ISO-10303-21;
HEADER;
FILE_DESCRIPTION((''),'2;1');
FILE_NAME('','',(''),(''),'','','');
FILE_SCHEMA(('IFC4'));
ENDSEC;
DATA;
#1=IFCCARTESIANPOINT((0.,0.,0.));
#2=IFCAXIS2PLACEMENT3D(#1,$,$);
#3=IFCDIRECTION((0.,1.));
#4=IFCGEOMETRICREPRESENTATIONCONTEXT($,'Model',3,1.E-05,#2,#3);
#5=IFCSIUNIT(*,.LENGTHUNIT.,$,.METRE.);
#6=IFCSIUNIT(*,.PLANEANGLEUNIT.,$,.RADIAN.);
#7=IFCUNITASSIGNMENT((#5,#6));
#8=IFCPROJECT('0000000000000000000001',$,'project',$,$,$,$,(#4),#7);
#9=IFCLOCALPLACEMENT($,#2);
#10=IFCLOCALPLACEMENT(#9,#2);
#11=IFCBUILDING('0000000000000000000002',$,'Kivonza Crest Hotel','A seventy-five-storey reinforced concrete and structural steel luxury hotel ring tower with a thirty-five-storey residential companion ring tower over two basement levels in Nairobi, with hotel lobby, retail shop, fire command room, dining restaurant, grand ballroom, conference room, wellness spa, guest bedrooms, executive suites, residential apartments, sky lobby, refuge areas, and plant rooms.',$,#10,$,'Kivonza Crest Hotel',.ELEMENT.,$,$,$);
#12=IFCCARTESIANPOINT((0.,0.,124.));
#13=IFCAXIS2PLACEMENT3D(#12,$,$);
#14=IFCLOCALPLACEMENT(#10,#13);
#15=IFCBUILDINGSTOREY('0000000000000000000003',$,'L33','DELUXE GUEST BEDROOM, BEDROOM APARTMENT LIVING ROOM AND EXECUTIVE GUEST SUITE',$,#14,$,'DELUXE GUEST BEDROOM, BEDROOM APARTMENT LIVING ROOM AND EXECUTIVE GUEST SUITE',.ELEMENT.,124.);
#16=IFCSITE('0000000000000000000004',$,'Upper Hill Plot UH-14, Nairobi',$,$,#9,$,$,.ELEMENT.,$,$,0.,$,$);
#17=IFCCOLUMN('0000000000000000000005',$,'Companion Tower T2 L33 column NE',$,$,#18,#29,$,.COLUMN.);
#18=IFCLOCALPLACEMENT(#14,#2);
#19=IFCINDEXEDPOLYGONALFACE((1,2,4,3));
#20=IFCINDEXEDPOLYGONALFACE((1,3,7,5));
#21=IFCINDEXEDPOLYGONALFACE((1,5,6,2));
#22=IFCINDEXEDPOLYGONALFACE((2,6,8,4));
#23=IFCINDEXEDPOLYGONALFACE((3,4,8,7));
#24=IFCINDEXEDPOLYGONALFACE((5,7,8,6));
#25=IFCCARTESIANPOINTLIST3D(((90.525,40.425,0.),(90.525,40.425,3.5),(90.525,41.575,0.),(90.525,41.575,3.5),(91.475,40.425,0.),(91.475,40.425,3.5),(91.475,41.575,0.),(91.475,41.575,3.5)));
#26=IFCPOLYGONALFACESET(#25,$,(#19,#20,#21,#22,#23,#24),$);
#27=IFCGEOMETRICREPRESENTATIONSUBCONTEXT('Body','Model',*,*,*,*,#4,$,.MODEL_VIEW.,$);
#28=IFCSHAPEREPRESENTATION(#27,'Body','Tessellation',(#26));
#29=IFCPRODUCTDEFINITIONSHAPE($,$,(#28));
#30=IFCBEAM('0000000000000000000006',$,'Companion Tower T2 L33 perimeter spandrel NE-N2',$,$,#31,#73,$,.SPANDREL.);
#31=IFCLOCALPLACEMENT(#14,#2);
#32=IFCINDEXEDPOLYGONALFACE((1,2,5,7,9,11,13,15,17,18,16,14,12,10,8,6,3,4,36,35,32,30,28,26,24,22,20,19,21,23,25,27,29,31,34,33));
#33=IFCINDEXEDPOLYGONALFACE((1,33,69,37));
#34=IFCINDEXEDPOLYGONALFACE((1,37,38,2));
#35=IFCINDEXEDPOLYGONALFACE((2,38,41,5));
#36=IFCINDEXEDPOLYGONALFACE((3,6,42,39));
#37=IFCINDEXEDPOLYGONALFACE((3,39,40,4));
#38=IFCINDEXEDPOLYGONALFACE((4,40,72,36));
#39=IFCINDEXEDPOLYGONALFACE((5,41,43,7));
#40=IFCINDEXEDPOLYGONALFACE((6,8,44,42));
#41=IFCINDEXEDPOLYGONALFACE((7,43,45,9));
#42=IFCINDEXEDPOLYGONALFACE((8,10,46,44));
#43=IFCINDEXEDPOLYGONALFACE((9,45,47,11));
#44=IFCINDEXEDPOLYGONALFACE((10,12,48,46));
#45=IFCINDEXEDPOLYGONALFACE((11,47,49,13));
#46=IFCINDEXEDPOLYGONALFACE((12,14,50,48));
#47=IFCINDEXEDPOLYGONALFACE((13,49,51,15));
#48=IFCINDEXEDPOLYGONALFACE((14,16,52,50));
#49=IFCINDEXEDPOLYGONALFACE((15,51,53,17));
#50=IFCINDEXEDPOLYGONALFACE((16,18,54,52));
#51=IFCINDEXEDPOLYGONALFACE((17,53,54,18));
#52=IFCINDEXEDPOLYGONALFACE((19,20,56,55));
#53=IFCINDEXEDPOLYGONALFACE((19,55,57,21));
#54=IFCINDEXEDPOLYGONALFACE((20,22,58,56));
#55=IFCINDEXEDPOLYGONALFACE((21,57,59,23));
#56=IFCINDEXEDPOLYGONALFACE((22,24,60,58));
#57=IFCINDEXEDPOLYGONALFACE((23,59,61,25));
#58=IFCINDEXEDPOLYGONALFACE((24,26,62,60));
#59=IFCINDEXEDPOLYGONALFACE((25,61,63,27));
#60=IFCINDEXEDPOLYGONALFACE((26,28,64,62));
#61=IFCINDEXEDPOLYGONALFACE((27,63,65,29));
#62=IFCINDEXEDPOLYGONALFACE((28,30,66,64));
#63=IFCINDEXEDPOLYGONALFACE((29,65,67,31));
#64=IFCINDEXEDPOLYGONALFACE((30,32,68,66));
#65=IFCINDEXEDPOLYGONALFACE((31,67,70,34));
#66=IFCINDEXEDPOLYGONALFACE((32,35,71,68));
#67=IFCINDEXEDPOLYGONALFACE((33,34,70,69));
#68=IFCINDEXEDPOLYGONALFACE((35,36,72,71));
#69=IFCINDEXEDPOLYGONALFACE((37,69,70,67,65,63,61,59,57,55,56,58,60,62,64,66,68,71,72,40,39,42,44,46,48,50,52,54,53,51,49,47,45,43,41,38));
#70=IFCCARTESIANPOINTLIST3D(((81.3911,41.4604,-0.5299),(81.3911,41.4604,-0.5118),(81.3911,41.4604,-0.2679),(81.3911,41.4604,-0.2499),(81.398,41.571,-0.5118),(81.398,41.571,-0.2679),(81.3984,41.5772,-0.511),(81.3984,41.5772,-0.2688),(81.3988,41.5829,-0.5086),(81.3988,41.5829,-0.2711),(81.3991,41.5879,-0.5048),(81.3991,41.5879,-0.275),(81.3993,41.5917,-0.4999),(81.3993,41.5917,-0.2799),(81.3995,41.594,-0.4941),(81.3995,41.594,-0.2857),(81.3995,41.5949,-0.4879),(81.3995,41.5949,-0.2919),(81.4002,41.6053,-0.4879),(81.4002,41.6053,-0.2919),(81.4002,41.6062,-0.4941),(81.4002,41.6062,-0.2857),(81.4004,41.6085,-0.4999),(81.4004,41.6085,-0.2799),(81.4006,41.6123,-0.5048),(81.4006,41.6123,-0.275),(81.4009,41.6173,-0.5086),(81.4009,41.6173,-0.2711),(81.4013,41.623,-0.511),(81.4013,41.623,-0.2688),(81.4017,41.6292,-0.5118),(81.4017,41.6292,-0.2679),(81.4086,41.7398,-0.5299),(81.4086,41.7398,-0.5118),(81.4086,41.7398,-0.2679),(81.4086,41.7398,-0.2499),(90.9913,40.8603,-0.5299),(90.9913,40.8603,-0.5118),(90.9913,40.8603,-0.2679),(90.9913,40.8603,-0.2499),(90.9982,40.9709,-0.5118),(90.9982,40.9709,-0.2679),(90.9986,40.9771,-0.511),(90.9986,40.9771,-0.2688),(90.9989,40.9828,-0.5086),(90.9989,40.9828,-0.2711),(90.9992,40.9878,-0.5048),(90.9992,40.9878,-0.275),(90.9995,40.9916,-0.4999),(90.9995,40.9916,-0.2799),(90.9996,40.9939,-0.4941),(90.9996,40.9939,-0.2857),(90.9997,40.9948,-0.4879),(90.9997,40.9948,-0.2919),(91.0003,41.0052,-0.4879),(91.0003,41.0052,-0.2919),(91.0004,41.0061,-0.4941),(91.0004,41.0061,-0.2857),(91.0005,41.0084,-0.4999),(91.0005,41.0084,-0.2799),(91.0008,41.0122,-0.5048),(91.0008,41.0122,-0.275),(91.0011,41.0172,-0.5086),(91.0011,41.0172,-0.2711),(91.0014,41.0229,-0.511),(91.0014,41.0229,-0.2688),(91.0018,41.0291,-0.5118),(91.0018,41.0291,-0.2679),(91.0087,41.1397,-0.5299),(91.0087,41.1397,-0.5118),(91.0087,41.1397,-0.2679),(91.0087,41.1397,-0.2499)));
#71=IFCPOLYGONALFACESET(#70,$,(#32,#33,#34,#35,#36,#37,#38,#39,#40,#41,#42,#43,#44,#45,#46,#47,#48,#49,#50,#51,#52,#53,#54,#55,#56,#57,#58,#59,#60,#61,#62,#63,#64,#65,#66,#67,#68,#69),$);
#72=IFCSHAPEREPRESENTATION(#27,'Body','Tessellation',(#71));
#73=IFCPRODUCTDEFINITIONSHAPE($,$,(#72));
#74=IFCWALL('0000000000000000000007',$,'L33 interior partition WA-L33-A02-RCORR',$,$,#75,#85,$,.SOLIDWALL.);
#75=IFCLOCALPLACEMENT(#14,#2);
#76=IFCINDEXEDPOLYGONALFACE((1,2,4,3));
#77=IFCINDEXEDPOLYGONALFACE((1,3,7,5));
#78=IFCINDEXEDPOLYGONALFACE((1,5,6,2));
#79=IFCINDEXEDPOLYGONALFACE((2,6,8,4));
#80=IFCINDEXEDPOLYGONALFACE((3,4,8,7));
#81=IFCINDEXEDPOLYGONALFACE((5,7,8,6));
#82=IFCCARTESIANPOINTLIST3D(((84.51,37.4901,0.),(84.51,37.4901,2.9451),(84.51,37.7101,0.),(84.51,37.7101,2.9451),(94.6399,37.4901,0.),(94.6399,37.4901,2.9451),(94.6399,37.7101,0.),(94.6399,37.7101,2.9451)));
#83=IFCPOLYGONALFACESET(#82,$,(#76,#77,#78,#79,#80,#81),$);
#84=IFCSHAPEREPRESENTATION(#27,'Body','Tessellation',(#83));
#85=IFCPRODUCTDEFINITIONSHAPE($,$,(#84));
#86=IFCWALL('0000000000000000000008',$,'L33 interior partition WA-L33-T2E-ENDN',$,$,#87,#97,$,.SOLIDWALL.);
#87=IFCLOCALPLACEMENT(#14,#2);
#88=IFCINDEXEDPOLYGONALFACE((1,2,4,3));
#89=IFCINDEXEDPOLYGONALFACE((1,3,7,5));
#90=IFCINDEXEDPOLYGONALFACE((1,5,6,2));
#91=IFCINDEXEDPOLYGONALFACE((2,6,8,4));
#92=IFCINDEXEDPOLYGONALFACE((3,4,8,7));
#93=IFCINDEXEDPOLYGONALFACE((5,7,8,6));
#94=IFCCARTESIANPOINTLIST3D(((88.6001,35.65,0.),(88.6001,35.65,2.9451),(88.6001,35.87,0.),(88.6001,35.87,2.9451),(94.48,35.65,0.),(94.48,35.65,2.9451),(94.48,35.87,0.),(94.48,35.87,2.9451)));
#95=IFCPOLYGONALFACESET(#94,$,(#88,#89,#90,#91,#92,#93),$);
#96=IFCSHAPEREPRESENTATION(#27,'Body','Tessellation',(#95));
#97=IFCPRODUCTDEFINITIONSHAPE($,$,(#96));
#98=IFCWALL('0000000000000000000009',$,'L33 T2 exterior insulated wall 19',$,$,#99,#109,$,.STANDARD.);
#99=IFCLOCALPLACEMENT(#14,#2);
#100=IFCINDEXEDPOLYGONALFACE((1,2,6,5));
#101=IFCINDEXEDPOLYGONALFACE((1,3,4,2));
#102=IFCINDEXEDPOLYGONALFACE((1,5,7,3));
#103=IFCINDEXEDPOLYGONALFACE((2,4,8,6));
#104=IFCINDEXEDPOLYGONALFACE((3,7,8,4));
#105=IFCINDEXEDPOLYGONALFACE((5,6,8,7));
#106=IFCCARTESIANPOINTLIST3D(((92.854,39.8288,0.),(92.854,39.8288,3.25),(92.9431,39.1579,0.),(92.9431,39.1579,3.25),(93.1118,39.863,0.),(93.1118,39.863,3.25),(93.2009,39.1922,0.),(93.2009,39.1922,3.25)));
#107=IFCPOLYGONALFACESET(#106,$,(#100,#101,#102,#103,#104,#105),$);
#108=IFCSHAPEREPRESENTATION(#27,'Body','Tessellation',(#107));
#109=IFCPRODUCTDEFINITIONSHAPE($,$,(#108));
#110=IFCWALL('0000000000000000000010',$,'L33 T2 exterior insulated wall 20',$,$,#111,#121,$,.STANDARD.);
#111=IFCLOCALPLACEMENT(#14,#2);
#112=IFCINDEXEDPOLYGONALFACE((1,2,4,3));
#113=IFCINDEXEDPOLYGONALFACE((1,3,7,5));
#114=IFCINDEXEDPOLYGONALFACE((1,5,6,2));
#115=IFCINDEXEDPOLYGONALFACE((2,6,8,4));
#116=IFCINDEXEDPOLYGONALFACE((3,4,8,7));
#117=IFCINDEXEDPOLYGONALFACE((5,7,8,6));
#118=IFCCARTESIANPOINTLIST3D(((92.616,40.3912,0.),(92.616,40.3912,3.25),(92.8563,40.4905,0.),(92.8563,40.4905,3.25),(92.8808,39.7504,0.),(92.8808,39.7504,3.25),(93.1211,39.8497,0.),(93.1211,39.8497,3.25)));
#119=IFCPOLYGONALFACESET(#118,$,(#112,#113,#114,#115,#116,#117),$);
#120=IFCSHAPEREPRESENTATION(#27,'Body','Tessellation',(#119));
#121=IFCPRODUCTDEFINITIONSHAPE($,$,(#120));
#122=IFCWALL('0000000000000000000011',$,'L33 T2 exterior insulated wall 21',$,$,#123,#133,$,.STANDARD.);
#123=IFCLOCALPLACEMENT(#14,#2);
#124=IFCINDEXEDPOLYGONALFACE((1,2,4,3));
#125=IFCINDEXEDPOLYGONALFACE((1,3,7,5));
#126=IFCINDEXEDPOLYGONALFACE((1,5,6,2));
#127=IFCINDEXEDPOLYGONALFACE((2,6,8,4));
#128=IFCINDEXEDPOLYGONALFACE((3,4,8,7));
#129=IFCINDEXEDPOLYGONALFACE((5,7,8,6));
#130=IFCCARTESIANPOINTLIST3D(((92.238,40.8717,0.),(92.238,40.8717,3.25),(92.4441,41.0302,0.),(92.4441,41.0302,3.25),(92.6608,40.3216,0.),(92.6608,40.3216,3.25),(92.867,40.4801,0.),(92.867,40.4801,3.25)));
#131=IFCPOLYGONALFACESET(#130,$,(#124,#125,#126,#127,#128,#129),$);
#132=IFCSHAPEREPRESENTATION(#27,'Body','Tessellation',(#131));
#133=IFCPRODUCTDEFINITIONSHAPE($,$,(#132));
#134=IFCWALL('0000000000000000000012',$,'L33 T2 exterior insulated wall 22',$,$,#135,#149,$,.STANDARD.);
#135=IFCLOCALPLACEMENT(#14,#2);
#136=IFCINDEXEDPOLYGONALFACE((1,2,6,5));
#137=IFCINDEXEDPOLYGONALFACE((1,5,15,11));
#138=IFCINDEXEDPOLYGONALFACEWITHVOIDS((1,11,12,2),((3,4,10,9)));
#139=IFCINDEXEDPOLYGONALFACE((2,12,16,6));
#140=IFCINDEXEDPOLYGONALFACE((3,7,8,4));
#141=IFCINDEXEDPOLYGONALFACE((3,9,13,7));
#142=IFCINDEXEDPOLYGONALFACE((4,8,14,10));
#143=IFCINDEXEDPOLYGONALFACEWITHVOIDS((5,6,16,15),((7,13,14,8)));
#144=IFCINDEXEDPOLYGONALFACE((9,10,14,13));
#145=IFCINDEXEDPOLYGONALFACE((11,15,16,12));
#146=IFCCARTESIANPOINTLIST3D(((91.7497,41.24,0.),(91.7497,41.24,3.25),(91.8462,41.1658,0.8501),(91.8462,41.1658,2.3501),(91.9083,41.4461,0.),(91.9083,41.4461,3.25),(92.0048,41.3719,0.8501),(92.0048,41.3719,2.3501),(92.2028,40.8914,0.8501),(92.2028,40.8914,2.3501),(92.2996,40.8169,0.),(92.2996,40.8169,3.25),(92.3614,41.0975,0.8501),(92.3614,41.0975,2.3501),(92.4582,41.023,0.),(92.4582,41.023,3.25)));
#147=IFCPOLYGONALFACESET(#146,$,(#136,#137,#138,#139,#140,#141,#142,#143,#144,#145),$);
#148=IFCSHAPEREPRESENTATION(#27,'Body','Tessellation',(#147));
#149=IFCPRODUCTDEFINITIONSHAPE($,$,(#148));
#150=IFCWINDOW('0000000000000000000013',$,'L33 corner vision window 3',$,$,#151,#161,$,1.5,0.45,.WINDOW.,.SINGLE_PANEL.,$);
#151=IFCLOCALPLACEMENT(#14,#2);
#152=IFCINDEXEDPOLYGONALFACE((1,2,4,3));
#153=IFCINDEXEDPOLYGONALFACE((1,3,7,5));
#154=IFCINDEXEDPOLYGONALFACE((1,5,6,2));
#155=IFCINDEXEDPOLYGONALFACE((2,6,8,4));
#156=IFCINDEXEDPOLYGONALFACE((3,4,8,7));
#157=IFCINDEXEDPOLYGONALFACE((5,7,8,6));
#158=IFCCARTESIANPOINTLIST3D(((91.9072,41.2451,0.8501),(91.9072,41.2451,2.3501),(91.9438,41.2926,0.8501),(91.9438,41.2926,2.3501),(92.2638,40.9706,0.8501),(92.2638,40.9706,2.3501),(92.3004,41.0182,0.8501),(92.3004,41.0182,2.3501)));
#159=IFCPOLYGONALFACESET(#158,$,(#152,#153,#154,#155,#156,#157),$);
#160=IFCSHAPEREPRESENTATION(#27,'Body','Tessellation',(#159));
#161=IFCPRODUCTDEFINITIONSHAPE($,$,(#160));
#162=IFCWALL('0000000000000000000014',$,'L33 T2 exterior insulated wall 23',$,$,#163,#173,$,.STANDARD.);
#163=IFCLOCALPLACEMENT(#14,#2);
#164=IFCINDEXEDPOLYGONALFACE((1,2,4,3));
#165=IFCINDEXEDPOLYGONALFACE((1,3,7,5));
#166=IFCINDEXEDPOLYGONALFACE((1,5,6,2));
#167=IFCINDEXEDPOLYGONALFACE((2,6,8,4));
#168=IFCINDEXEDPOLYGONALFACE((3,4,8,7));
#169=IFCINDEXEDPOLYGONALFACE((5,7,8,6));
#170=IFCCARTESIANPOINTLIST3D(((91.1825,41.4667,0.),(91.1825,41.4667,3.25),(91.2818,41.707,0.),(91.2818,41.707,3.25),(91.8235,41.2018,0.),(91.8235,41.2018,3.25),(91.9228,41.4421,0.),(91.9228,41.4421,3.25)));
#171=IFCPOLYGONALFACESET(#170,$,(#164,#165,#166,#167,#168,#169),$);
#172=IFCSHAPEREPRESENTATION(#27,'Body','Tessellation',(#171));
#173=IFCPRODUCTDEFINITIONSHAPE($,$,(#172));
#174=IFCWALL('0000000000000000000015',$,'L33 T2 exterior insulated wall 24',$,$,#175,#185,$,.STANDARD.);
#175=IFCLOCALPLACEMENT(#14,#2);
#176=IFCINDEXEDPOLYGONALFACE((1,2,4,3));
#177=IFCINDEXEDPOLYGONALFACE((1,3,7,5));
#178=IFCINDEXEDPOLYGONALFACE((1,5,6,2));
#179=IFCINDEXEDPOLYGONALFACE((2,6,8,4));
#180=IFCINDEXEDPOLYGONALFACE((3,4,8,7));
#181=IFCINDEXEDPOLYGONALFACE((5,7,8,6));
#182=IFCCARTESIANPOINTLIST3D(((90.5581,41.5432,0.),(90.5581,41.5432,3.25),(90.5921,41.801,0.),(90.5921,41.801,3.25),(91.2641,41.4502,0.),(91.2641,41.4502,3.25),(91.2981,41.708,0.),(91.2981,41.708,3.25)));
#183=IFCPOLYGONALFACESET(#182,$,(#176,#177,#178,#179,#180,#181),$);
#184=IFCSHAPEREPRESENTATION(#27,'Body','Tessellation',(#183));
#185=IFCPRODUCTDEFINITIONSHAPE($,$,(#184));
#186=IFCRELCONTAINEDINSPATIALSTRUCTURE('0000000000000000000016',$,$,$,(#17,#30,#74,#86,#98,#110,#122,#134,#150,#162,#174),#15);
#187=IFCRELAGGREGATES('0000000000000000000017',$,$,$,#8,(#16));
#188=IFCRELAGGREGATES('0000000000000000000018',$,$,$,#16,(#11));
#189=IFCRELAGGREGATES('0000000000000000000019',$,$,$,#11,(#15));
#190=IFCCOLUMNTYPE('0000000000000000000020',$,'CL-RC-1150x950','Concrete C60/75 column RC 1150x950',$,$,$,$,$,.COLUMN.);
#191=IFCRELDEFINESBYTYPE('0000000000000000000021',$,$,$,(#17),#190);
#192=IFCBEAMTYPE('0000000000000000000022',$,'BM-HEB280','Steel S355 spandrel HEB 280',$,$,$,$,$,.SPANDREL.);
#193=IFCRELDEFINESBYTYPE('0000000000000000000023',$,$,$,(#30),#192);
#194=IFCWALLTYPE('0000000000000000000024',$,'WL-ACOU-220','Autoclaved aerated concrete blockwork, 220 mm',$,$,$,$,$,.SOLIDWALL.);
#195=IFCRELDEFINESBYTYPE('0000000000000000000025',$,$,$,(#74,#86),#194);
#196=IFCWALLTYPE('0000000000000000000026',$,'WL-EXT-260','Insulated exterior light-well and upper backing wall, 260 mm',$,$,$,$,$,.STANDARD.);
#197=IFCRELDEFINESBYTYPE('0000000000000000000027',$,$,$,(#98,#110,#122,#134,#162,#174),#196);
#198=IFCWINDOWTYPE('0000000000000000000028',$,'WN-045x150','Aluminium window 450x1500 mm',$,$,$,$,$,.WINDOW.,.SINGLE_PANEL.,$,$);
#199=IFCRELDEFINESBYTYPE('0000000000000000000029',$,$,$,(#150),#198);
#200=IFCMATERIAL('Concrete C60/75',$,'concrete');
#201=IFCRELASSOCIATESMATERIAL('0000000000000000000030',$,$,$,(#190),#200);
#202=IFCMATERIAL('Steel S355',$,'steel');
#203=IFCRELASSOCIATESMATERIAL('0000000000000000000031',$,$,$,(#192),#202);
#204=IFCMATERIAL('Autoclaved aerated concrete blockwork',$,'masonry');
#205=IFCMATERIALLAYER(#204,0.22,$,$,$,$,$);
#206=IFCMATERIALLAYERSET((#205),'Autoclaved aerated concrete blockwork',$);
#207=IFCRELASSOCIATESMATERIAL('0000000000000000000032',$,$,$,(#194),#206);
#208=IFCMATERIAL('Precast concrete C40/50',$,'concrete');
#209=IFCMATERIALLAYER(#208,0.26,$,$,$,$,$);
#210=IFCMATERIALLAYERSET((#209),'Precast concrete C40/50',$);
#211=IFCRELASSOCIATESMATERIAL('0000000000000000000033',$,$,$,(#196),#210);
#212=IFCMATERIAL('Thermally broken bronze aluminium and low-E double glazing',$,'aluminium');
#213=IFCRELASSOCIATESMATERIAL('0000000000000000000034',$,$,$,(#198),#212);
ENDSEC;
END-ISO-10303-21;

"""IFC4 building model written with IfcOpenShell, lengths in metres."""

from ifc_helpers import new_model, si_unit, direction, frame, frame_2d, origin, origin_2d, place, context, subcontext, project, spatial, rectangle, i_section, extrude, material, layer, layer_set, material_profile, profile_set, type_object, element, fill, save


model = new_model("IFC4")

# Units and contexts
model_context = context("Model", 3, precision=1e-05, world=origin(), true_north=direction((0.0, 1.0)))
body_context = subcontext(model_context, "Body", "Model", "MODEL_VIEW")
ifc_project = project(units=[si_unit("LENGTHUNIT", "METRE"), si_unit("PLANEANGLEUNIT", "RADIAN")], contexts=[model_context])

# Site, building, storey
site_placement = place(None, origin())
site = spatial("IfcSite", under=ifc_project, at=site_placement, Name="Upper Hill Plot UH-14, Nairobi", CompositionType="ELEMENT", RefElevation=0.0)
building_placement = place(site_placement, origin())
building = spatial("IfcBuilding", under=site, at=building_placement, Name="Kivonza Crest Hotel", Description="A seventy-five-storey reinforced concrete and structural steel luxury hotel ring tower with a thirty-five-storey residential companion ring tower over two basement levels in Nairobi, with hotel lobby, retail shop, fire command room, dining restaurant, grand ballroom, conference room, wellness spa, guest bedrooms, executive suites, residential apartments, sky lobby, refuge areas, and plant rooms.", LongName="Kivonza Crest Hotel", CompositionType="ELEMENT")
storey_placement = place(building_placement, frame((0.0, 0.0, 124.0)))
storey = spatial("IfcBuildingStorey", under=building, at=storey_placement, Name="L33", Description="DELUXE GUEST BEDROOM, BEDROOM APARTMENT LIVING ROOM AND EXECUTIVE GUEST SUITE", LongName="DELUXE GUEST BEDROOM, BEDROOM APARTMENT LIVING ROOM AND EXECUTIVE GUEST SUITE", CompositionType="ELEMENT", Elevation=124.0)

# Column
ifc_material_1 = material(Name="Concrete C60/75", Category="concrete")
ifc_material_profile_1 = material_profile(ifc_material_1, rectangle(XDim=0.95, YDim=1.1499, at=origin_2d()), Name="RC 1150x950")
ifc_profile_set_1 = profile_set([ifc_material_profile_1], Name="Concrete C60/75")
column_type = type_object("IfcColumnType", Name="CL-RC-1150x950", Description="Concrete C60/75 column RC 1150x950", PredefinedType="COLUMN", material=ifc_profile_set_1)
column_placement = place(storey_placement, frame((91.0, 41.0, 0.0), z_axis=(0.0, 0.0, 1.0), x_axis=(1.0, 0.0, 0.0)))
element("IfcColumn", 1, at=column_placement, inside=storey, type_object=column_type, Name="Companion Tower T2 L33 column NE", PredefinedType="COLUMN", context=body_context, shape_type="SweptSolid", body=[
    extrude(rectangle(XDim=0.95, YDim=1.1499, at=origin_2d()), origin(), (0.0, 0.0, 1.0), 3.5),
])

# Beam
ifc_material_2 = material(Name="Steel S355", Category="steel")
ifc_material_profile_2 = material_profile(ifc_material_2, i_section(OverallWidth=0.28, OverallDepth=0.28, WebThickness=0.0105, FlangeThickness=0.0181, FilletRadius=0.0239, at=origin_2d()), Name="HEB 280")
ifc_profile_set_2 = profile_set([ifc_material_profile_2], Name="Steel S355")
beam_type = type_object("IfcBeamType", Name="BM-HEB280", Description="Steel S355 spandrel HEB 280", PredefinedType="SPANDREL", material=ifc_profile_set_2)
beam_placement = place(storey_placement, frame((91.0, 41.0, -0.3899), z_axis=(-0.998052, 0.062388, 0.0), x_axis=(-0.062388, -0.998052, 0.0)))
element("IfcBeam", 2, at=beam_placement, inside=storey, type_object=beam_type, Name="Companion Tower T2 L33 perimeter spandrel NE-N2", PredefinedType="SPANDREL", context=body_context, shape_type="SweptSolid", body=[
    extrude(i_section(OverallWidth=0.28, OverallDepth=0.28, WebThickness=0.0105, FlangeThickness=0.0181, FilletRadius=0.0239, at=origin_2d()), origin(), (0.0, 0.0, 1.0), 9.6189),
])

# Walls
ifc_material_3 = material(Name="Autoclaved aerated concrete blockwork", Category="masonry")
ifc_layer_1 = layer(ifc_material_3, 0.22)
ifc_layer_set_1 = layer_set([ifc_layer_1], Name="Autoclaved aerated concrete blockwork")
wall_type_1 = type_object("IfcWallType", Name="WL-ACOU-220", Description="Autoclaved aerated concrete blockwork, 220 mm", PredefinedType="SOLIDWALL", material=ifc_layer_set_1)
wall_1_placement = place(storey_placement, frame((84.51, 37.6001, 0.0), z_axis=(0.0, 0.0, 1.0), x_axis=(1.0, 0.0, 0.0)))
element("IfcWall", 3, at=wall_1_placement, inside=storey, type_object=wall_type_1, Name="L33 interior partition WA-L33-A02-RCORR", PredefinedType="SOLIDWALL", context=body_context, shape_type="SweptSolid", body=[
    extrude(rectangle(XDim=10.1299, YDim=0.22, at=frame_2d((5.0649, 0.0))), origin(), (0.0, 0.0, 1.0), 2.9451),
])
wall_2_placement = place(storey_placement, frame((88.6001, 35.76, 0.0), z_axis=(0.0, 0.0, 1.0), x_axis=(1.0, 0.0, 0.0)))
element("IfcWall", 4, at=wall_2_placement, inside=storey, type_object=wall_type_1, Name="L33 interior partition WA-L33-T2E-ENDN", PredefinedType="SOLIDWALL", context=body_context, shape_type="SweptSolid", body=[
    extrude(rectangle(XDim=5.8799, YDim=0.22, at=frame_2d((2.9399, 0.0))), origin(), (0.0, 0.0, 1.0), 2.9451),
])
ifc_material_4 = material(Name="Precast concrete C40/50", Category="concrete")
ifc_layer_2 = layer(ifc_material_4, 0.26)
ifc_layer_set_2 = layer_set([ifc_layer_2], Name="Precast concrete C40/50")
wall_type_2 = type_object("IfcWallType", Name="WL-EXT-260", Description="Insulated exterior light-well and upper backing wall, 260 mm", PredefinedType="STANDARD", material=ifc_layer_set_2)
wall_3_placement = place(storey_placement, frame((93.072, 39.175, 0.0), z_axis=(0.0, 0.0, 1.0), x_axis=(-0.131667, 0.991294, 0.0)))
element("IfcWall", 5, at=wall_3_placement, inside=storey, type_object=wall_type_2, Name="L33 T2 exterior insulated wall 19", PredefinedType="STANDARD", context=body_context, shape_type="SweptSolid", body=[
    extrude(rectangle(XDim=0.6768, YDim=0.26, at=frame_2d((0.3384, 0.0))), origin(), (0.0, 0.0, 1.0), 3.25),
])
wall_4_placement = place(storey_placement, frame((93.001, 39.8, 0.0), z_axis=(0.0, 0.0, 1.0), x_axis=(-0.381989, 0.924167, 0.0)))
element("IfcWall", 6, at=wall_4_placement, inside=storey, type_object=wall_type_2, Name="L33 T2 exterior insulated wall 20", PredefinedType="STANDARD", context=body_context, shape_type="SweptSolid", body=[
    extrude(rectangle(XDim=0.6934, YDim=0.26, at=frame_2d((0.3467, 0.0))), origin(), (0.0, 0.0, 1.0), 3.25),
])
wall_5_placement = place(storey_placement, frame((92.7639, 40.4009, 0.0), z_axis=(0.0, 0.0, 1.0), x_axis=(-0.609473, 0.792807, 0.0)))
element("IfcWall", 7, at=wall_5_placement, inside=storey, type_object=wall_type_2, Name="L33 T2 exterior insulated wall 21", PredefinedType="STANDARD", context=body_context, shape_type="SweptSolid", body=[
    extrude(rectangle(XDim=0.6938, YDim=0.26, at=frame_2d((0.3469, 0.0))), origin(), (0.0, 0.0, 1.0), 3.25),
])

# Wall, opening, window
wall_6_placement = place(storey_placement, frame((92.3789, 40.9199, 0.0), z_axis=(0.0, 0.0, 1.0), x_axis=(-0.792506, 0.609864, 0.0)))
wall_6 = element("IfcWall", 8, at=wall_6_placement, inside=storey, type_object=wall_type_2, Name="L33 T2 exterior insulated wall 22", PredefinedType="STANDARD", context=body_context, shape_type="SweptSolid", body=[
    extrude(rectangle(XDim=0.6938, YDim=0.26, at=frame_2d((0.3469, 0.0))), origin(), (0.0, 0.0, 1.0), 3.25),
])
opening_1_placement = place(wall_6_placement, frame((0.1221, 0.0, 0.8501)))
opening_1 = element("IfcOpeningElement", 9, at=opening_1_placement, cuts=wall_6, PredefinedType="OPENING", context=body_context, shape_type="SweptSolid", body=[
    extrude(rectangle(XDim=0.45, YDim=1.5, at=frame_2d((0.2251, 0.75))), frame((0.0, 0.1401, 0.0), z_axis=(0.0, -1.0, 0.0), x_axis=(1.0, 0.0, 0.0)), (0.0, 0.0, 1.0), 0.28),
])
ifc_material_5 = material(Name="Thermally broken bronze aluminium and low-E double glazing", Category="aluminium")
window_type_1 = type_object("IfcWindowType", Name="WN-045x150", Description="Aluminium window 450x1500 mm", PartitioningType="SINGLE_PANEL", PredefinedType="WINDOW", material=ifc_material_5)
window_1_placement = place(opening_1_placement, origin())
window_1 = element("IfcWindow", 10, at=window_1_placement, inside=storey, type_object=window_type_1, Name="L33 corner vision window 3", OverallHeight=1.5, OverallWidth=0.45, PartitioningType="SINGLE_PANEL", PredefinedType="WINDOW", context=body_context, shape_type="SweptSolid", body=[
    extrude(rectangle(XDim=0.45, YDim=1.5, at=frame_2d((0.2251, 0.75))), frame((0.0, 0.03, 0.0), z_axis=(0.0, -1.0, 0.0), x_axis=(1.0, 0.0, 0.0)), (0.0, 0.0, 1.0), 0.0601),
])
fill(opening_1, window_1)

# Walls
wall_7_placement = place(storey_placement, frame((91.873, 41.322, 0.0), z_axis=(0.0, 0.0, 1.0), x_axis=(-0.924218, 0.381865, 0.0)))
element("IfcWall", 11, at=wall_7_placement, inside=storey, type_object=wall_type_2, Name="L33 T2 exterior insulated wall 23", PredefinedType="STANDARD", context=body_context, shape_type="SweptSolid", body=[
    extrude(rectangle(XDim=0.6936, YDim=0.26, at=frame_2d((0.3467, 0.0))), origin(), (0.0, 0.0, 1.0), 3.25),
])
wall_8_placement = place(storey_placement, frame((91.281, 41.5791, 0.0), z_axis=(0.0, 0.0, 1.0), x_axis=(-0.991433, 0.130614, 0.0)))
element("IfcWall", 12, at=wall_8_placement, inside=storey, type_object=wall_type_2, Name="L33 T2 exterior insulated wall 24", PredefinedType="STANDARD", context=body_context, shape_type="SweptSolid", body=[
    extrude(rectangle(XDim=0.7122, YDim=0.26, at=frame_2d((0.356, 0.0))), origin(), (0.0, 0.0, 1.0), 3.25),
])

save(model, "model.ifc")
